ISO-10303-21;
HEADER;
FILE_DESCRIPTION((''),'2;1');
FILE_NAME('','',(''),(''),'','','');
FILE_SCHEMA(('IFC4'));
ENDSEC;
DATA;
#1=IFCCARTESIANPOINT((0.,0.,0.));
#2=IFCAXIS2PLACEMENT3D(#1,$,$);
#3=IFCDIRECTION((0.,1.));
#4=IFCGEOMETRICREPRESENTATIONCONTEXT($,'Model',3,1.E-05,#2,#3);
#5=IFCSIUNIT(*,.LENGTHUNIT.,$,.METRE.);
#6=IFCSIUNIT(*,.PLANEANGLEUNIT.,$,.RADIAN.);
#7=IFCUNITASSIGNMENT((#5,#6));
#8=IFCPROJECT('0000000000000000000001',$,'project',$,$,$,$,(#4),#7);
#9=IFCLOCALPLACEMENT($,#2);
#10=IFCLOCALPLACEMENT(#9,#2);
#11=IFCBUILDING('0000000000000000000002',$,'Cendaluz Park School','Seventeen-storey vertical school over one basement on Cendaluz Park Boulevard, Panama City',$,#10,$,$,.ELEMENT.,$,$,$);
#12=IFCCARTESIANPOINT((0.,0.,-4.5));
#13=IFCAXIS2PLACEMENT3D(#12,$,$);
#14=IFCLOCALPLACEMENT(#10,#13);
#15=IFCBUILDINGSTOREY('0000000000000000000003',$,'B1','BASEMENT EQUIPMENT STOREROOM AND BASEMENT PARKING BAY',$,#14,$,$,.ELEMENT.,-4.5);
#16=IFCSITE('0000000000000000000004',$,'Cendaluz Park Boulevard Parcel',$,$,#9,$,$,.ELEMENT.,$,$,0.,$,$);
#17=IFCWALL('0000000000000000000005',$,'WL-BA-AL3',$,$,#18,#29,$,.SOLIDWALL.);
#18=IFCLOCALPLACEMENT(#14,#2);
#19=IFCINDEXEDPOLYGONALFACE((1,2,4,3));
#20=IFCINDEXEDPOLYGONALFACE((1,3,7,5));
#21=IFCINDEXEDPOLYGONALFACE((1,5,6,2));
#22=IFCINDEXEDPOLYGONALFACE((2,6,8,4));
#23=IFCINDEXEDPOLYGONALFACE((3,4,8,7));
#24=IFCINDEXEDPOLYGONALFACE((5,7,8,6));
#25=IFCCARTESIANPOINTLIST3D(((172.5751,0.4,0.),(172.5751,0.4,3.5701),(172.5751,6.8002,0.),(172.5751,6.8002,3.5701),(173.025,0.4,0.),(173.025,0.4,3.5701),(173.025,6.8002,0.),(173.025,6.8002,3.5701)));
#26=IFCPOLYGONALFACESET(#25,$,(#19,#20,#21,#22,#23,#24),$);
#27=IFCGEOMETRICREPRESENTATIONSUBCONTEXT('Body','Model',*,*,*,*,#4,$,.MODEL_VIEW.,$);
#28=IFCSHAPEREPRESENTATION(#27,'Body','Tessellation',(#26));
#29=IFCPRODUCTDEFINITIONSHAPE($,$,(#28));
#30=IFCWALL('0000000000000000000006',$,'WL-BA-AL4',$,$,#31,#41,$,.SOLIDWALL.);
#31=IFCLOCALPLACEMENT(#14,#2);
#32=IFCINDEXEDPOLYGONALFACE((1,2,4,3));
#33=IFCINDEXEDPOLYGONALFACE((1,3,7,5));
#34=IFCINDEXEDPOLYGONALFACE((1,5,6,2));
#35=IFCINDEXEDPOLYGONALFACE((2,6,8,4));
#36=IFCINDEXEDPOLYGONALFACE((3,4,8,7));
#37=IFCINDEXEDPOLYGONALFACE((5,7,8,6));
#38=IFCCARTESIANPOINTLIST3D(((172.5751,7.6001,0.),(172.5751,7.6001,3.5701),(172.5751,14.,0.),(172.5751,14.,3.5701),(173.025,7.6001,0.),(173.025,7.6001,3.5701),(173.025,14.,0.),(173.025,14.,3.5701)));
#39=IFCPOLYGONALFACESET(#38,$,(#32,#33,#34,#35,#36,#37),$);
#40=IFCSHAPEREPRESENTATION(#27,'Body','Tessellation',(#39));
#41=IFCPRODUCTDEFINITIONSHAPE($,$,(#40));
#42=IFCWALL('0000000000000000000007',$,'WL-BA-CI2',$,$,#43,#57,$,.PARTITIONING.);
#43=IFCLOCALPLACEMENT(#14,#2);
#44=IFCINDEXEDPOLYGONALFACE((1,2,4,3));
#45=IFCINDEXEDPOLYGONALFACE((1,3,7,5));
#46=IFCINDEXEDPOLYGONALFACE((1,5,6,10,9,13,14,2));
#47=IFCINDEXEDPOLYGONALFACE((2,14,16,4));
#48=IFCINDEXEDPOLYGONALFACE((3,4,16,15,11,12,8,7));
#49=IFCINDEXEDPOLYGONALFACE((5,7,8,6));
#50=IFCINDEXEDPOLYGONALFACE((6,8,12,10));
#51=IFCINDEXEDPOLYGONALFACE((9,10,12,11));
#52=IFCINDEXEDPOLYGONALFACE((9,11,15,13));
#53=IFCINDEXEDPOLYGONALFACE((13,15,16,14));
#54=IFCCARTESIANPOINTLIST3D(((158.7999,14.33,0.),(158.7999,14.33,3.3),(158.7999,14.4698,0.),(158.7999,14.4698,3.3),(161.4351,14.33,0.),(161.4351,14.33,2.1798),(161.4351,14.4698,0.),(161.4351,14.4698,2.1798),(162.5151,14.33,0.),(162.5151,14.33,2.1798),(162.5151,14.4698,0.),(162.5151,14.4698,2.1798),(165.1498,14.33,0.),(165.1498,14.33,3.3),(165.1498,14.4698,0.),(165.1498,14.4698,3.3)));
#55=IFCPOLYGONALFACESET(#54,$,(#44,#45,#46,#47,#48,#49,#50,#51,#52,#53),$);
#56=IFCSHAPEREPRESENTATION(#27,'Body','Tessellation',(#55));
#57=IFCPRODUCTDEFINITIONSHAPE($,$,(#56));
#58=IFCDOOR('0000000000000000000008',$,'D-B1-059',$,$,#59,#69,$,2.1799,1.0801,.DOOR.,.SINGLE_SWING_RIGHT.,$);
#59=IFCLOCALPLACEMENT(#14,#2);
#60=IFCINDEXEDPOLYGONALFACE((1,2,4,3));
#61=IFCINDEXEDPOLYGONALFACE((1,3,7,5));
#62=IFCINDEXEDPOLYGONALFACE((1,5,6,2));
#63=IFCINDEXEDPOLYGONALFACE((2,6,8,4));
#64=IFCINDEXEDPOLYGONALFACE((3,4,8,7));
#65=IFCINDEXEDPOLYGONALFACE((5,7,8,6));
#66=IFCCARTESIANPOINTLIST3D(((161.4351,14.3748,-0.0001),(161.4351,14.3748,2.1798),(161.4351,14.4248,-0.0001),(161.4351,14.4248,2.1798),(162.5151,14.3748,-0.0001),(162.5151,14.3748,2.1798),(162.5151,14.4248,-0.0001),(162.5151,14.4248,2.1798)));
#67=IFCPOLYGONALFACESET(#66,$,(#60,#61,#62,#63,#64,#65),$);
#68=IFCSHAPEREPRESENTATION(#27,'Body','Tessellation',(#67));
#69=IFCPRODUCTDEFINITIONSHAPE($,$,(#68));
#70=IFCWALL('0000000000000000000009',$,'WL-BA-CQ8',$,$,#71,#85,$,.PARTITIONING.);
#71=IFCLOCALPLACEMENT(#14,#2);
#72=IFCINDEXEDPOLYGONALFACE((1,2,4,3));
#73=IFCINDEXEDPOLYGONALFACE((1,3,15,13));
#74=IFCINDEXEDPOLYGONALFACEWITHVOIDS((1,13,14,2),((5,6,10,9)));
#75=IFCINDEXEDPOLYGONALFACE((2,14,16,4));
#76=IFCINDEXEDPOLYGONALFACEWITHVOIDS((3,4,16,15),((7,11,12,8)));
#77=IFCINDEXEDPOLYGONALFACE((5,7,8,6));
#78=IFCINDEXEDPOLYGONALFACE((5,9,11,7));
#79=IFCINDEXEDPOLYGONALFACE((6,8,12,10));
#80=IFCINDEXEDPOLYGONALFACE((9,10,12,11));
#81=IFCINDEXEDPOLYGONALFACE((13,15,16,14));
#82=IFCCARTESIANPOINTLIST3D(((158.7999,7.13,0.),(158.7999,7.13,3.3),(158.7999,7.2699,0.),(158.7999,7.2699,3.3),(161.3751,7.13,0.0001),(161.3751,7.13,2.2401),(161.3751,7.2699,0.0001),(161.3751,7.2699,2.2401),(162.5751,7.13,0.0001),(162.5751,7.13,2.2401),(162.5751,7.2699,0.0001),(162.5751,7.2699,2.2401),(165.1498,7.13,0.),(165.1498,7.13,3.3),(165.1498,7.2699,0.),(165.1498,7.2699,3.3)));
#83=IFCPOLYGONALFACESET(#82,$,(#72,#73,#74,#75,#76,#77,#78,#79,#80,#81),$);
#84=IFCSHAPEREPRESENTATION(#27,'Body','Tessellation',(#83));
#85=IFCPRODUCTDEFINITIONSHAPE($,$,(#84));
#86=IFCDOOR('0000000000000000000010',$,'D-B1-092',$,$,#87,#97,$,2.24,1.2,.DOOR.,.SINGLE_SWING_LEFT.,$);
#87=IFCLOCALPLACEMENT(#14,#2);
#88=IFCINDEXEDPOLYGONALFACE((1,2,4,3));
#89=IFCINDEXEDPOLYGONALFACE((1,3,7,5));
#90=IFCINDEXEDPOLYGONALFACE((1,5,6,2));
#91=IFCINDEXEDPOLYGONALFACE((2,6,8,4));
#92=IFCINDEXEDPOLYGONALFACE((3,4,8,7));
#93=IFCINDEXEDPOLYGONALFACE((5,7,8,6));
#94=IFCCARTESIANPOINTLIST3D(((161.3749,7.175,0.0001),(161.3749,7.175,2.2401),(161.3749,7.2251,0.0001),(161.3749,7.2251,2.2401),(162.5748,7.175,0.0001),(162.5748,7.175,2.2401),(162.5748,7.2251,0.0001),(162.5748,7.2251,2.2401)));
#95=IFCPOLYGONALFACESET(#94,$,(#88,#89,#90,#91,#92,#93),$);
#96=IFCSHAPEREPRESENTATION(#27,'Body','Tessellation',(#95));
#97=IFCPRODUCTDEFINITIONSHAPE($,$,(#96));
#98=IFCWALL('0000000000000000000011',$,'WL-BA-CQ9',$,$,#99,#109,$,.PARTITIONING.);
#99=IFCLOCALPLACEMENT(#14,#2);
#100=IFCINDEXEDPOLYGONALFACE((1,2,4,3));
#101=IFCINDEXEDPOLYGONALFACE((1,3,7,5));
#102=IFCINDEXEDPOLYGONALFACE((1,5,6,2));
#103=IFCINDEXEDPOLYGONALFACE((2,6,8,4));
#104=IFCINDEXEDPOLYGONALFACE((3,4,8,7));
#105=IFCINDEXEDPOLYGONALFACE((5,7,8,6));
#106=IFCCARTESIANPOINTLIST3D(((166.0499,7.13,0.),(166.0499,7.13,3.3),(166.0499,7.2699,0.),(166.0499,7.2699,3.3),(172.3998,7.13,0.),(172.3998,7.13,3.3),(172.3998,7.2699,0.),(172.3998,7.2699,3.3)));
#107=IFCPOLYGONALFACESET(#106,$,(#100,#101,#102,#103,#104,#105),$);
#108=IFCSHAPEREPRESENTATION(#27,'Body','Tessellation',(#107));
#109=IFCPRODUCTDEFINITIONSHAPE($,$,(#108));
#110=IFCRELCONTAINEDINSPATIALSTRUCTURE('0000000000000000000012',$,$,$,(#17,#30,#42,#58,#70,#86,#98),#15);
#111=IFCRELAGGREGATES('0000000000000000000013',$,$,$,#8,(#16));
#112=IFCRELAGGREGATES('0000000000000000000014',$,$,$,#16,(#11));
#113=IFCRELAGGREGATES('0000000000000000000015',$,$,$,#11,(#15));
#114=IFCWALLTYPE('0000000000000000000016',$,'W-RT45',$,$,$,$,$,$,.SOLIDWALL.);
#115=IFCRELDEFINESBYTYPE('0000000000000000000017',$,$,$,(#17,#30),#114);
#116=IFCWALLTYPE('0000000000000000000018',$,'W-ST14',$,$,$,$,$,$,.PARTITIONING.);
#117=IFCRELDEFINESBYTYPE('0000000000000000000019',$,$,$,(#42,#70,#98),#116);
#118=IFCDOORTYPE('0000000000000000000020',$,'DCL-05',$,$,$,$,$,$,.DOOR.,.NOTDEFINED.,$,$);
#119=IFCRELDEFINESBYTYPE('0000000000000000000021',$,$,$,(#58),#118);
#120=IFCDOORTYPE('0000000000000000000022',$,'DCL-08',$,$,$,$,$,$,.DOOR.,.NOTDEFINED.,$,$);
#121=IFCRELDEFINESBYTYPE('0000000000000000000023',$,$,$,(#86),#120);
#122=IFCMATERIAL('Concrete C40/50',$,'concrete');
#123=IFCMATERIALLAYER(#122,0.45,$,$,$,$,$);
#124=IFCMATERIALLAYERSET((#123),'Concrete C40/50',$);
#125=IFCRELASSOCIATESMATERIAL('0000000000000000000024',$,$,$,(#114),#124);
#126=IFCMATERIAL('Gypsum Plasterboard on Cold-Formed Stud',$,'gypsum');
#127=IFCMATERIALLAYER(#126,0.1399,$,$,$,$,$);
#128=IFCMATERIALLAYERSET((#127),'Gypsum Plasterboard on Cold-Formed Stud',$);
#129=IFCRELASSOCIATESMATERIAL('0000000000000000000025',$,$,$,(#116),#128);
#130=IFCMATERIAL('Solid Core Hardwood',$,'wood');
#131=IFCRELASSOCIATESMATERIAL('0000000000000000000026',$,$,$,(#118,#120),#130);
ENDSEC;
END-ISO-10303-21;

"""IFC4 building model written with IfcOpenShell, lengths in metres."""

from ifc_helpers import new_model, si_unit, direction, frame, frame_2d, origin, place, context, subcontext, project, spatial, rectangle, extrude, material, layer, layer_set, type_object, element, fill, save


model = new_model("IFC4")

# Units and contexts
model_context = context("Model", 3, precision=1e-05, world=origin(), true_north=direction((0.0, 1.0)))
body_context = subcontext(model_context, "Body", "Model", "MODEL_VIEW")
ifc_project = project(units=[si_unit("LENGTHUNIT", "METRE"), si_unit("PLANEANGLEUNIT", "RADIAN")], contexts=[model_context])

# Site, building, storey
site_placement = place(None, origin())
site = spatial("IfcSite", under=ifc_project, at=site_placement, Name="Cendaluz Park Boulevard Parcel", CompositionType="ELEMENT", RefElevation=0.0)
building_placement = place(site_placement, origin())
building = spatial("IfcBuilding", under=site, at=building_placement, Name="Cendaluz Park School", Description="Seventeen-storey vertical school over one basement on Cendaluz Park Boulevard, Panama City", CompositionType="ELEMENT")
storey_placement = place(building_placement, frame((0.0, 0.0, -4.5)))
storey = spatial("IfcBuildingStorey", under=building, at=storey_placement, Name="B1", Description="BASEMENT EQUIPMENT STOREROOM AND BASEMENT PARKING BAY", CompositionType="ELEMENT", Elevation=-4.5)

# Shared definitions
ifc_material_1 = material(Name="Concrete C40/50", Category="concrete")

# Walls
ifc_layer_1 = layer(ifc_material_1, 0.45)
ifc_layer_set_1 = layer_set([ifc_layer_1], Name="Concrete C40/50")
wall_type_1 = type_object("IfcWallType", Name="W-RT45", PredefinedType="SOLIDWALL", material=ifc_layer_set_1)
wall_1_placement = place(storey_placement, frame((172.8, 0.3999, 0.0), z_axis=(0.0, 0.0, 1.0), x_axis=(0.0, 1.0, 0.0)))
element("IfcWall", 1, at=wall_1_placement, inside=storey, type_object=wall_type_1, Name="WL-BA-AL3", PredefinedType="SOLIDWALL", context=body_context, shape_type="SweptSolid", body=[
    extrude(rectangle(XDim=6.4001, YDim=0.45, at=frame_2d((3.2002, 0.0))), origin(), (0.0, 0.0, 1.0), 3.5701),
])
wall_2_placement = place(storey_placement, frame((172.8, 7.6001, 0.0), z_axis=(0.0, 0.0, 1.0), x_axis=(0.0, 1.0, 0.0)))
element("IfcWall", 2, at=wall_2_placement, inside=storey, type_object=wall_type_1, Name="WL-BA-AL4", PredefinedType="SOLIDWALL", context=body_context, shape_type="SweptSolid", body=[
    extrude(rectangle(XDim=6.3999, YDim=0.45, at=frame_2d((3.2, 0.0))), origin(), (0.0, 0.0, 1.0), 3.5701),
])

# Walls, openings, doors
ifc_material_2 = material(Name="Gypsum Plasterboard on Cold-Formed Stud", Category="gypsum")
ifc_layer_2 = layer(ifc_material_2, 0.1399)
ifc_layer_set_2 = layer_set([ifc_layer_2], Name="Gypsum Plasterboard on Cold-Formed Stud")
wall_type_2 = type_object("IfcWallType", Name="W-ST14", PredefinedType="PARTITIONING", material=ifc_layer_set_2)
wall_3_placement = place(storey_placement, frame((158.8, 14.3999, 0.0), z_axis=(0.0, 0.0, 1.0), x_axis=(1.0, 0.0, 0.0)))
wall_3 = element("IfcWall", 3, at=wall_3_placement, inside=storey, type_object=wall_type_2, Name="WL-BA-CI2", PredefinedType="PARTITIONING", context=body_context, shape_type="SweptSolid", body=[
    extrude(rectangle(XDim=6.3499, YDim=0.1399, at=frame_2d((3.1748, 0.0))), origin(), (0.0, 0.0, 1.0), 3.3),
])
opening_1_placement = place(wall_3_placement, frame((2.635, 0.0, 0.0)))
opening_1 = element("IfcOpeningElement", 4, at=opening_1_placement, cuts=wall_3, PredefinedType="OPENING", context=body_context, shape_type="SweptSolid", body=[
    extrude(rectangle(XDim=1.0801, YDim=2.1799, at=frame_2d((0.54, 1.0898))), frame((0.0, 0.082, 0.0), z_axis=(0.0, -1.0, 0.0), x_axis=(1.0, 0.0, 0.0)), (0.0, 0.0, 1.0), 0.1638),
])
ifc_material_3 = material(Name="Solid Core Hardwood", Category="wood")
door_type_1 = type_object("IfcDoorType", Name="DCL-05", OperationType="NOTDEFINED", PredefinedType="DOOR", material=ifc_material_3)
door_1_placement = place(opening_1_placement, origin())
door_1 = element("IfcDoor", 5, at=door_1_placement, inside=storey, type_object=door_type_1, Name="D-B1-059", OperationType="SINGLE_SWING_RIGHT", OverallHeight=2.1799, OverallWidth=1.0801, PredefinedType="DOOR", context=body_context, shape_type="SweptSolid", body=[
    extrude(rectangle(XDim=1.0801, YDim=2.1799, at=frame_2d((0.54, 1.0898))), frame((0.0, 0.0249, 0.0), z_axis=(0.0, -1.0, 0.0), x_axis=(1.0, 0.0, 0.0)), (0.0, 0.0, 1.0), 0.05),
])
fill(opening_1, door_1)
wall_4_placement = place(storey_placement, frame((158.8, 7.2, 0.0), z_axis=(0.0, 0.0, 1.0), x_axis=(1.0, 0.0, 0.0)))
wall_4 = element("IfcWall", 6, at=wall_4_placement, inside=storey, type_object=wall_type_2, Name="WL-BA-CQ8", PredefinedType="PARTITIONING", context=body_context, shape_type="SweptSolid", body=[
    extrude(rectangle(XDim=6.3499, YDim=0.1399, at=frame_2d((3.1748, 0.0))), origin(), (0.0, 0.0, 1.0), 3.3),
])
opening_2_placement = place(wall_4_placement, frame((2.575, 0.0, 0.0)))
opening_2 = element("IfcOpeningElement", 7, at=opening_2_placement, cuts=wall_4, PredefinedType="OPENING", context=body_context, shape_type="SweptSolid", body=[
    extrude(rectangle(XDim=1.2, YDim=2.24, at=frame_2d((0.6001, 1.1201))), frame((0.0, 0.082, 0.0), z_axis=(0.0, -1.0, 0.0), x_axis=(1.0, 0.0, 0.0)), (0.0, 0.0, 1.0), 0.1638),
])
door_type_2 = type_object("IfcDoorType", Name="DCL-08", OperationType="NOTDEFINED", PredefinedType="DOOR", material=ifc_material_3)
door_2_placement = place(opening_2_placement, frame((1.2, 0.0, 0.0), z_axis=(0.0, 0.0, 1.0), x_axis=(-1.0, 0.0, 0.0)))
door_2 = element("IfcDoor", 8, at=door_2_placement, inside=storey, type_object=door_type_2, Name="D-B1-092", OperationType="SINGLE_SWING_LEFT", OverallHeight=2.24, OverallWidth=1.2, PredefinedType="DOOR", context=body_context, shape_type="SweptSolid", body=[
    extrude(rectangle(XDim=1.2, YDim=2.24, at=frame_2d((0.6001, 1.1201))), frame((0.0, 0.0249, 0.0), z_axis=(0.0, -1.0, 0.0), x_axis=(1.0, 0.0, 0.0)), (0.0, 0.0, 1.0), 0.05),
])
fill(opening_2, door_2)

# Wall
wall_5_placement = place(storey_placement, frame((166.05, 7.2, 0.0), z_axis=(0.0, 0.0, 1.0), x_axis=(1.0, 0.0, 0.0)))
element("IfcWall", 9, at=wall_5_placement, inside=storey, type_object=wall_type_2, Name="WL-BA-CQ9", PredefinedType="PARTITIONING", context=body_context, shape_type="SweptSolid", body=[
    extrude(rectangle(XDim=6.3499, YDim=0.1399, at=frame_2d((3.1748, 0.0))), origin(), (0.0, 0.0, 1.0), 3.3),
])

save(model, "model.ifc")
